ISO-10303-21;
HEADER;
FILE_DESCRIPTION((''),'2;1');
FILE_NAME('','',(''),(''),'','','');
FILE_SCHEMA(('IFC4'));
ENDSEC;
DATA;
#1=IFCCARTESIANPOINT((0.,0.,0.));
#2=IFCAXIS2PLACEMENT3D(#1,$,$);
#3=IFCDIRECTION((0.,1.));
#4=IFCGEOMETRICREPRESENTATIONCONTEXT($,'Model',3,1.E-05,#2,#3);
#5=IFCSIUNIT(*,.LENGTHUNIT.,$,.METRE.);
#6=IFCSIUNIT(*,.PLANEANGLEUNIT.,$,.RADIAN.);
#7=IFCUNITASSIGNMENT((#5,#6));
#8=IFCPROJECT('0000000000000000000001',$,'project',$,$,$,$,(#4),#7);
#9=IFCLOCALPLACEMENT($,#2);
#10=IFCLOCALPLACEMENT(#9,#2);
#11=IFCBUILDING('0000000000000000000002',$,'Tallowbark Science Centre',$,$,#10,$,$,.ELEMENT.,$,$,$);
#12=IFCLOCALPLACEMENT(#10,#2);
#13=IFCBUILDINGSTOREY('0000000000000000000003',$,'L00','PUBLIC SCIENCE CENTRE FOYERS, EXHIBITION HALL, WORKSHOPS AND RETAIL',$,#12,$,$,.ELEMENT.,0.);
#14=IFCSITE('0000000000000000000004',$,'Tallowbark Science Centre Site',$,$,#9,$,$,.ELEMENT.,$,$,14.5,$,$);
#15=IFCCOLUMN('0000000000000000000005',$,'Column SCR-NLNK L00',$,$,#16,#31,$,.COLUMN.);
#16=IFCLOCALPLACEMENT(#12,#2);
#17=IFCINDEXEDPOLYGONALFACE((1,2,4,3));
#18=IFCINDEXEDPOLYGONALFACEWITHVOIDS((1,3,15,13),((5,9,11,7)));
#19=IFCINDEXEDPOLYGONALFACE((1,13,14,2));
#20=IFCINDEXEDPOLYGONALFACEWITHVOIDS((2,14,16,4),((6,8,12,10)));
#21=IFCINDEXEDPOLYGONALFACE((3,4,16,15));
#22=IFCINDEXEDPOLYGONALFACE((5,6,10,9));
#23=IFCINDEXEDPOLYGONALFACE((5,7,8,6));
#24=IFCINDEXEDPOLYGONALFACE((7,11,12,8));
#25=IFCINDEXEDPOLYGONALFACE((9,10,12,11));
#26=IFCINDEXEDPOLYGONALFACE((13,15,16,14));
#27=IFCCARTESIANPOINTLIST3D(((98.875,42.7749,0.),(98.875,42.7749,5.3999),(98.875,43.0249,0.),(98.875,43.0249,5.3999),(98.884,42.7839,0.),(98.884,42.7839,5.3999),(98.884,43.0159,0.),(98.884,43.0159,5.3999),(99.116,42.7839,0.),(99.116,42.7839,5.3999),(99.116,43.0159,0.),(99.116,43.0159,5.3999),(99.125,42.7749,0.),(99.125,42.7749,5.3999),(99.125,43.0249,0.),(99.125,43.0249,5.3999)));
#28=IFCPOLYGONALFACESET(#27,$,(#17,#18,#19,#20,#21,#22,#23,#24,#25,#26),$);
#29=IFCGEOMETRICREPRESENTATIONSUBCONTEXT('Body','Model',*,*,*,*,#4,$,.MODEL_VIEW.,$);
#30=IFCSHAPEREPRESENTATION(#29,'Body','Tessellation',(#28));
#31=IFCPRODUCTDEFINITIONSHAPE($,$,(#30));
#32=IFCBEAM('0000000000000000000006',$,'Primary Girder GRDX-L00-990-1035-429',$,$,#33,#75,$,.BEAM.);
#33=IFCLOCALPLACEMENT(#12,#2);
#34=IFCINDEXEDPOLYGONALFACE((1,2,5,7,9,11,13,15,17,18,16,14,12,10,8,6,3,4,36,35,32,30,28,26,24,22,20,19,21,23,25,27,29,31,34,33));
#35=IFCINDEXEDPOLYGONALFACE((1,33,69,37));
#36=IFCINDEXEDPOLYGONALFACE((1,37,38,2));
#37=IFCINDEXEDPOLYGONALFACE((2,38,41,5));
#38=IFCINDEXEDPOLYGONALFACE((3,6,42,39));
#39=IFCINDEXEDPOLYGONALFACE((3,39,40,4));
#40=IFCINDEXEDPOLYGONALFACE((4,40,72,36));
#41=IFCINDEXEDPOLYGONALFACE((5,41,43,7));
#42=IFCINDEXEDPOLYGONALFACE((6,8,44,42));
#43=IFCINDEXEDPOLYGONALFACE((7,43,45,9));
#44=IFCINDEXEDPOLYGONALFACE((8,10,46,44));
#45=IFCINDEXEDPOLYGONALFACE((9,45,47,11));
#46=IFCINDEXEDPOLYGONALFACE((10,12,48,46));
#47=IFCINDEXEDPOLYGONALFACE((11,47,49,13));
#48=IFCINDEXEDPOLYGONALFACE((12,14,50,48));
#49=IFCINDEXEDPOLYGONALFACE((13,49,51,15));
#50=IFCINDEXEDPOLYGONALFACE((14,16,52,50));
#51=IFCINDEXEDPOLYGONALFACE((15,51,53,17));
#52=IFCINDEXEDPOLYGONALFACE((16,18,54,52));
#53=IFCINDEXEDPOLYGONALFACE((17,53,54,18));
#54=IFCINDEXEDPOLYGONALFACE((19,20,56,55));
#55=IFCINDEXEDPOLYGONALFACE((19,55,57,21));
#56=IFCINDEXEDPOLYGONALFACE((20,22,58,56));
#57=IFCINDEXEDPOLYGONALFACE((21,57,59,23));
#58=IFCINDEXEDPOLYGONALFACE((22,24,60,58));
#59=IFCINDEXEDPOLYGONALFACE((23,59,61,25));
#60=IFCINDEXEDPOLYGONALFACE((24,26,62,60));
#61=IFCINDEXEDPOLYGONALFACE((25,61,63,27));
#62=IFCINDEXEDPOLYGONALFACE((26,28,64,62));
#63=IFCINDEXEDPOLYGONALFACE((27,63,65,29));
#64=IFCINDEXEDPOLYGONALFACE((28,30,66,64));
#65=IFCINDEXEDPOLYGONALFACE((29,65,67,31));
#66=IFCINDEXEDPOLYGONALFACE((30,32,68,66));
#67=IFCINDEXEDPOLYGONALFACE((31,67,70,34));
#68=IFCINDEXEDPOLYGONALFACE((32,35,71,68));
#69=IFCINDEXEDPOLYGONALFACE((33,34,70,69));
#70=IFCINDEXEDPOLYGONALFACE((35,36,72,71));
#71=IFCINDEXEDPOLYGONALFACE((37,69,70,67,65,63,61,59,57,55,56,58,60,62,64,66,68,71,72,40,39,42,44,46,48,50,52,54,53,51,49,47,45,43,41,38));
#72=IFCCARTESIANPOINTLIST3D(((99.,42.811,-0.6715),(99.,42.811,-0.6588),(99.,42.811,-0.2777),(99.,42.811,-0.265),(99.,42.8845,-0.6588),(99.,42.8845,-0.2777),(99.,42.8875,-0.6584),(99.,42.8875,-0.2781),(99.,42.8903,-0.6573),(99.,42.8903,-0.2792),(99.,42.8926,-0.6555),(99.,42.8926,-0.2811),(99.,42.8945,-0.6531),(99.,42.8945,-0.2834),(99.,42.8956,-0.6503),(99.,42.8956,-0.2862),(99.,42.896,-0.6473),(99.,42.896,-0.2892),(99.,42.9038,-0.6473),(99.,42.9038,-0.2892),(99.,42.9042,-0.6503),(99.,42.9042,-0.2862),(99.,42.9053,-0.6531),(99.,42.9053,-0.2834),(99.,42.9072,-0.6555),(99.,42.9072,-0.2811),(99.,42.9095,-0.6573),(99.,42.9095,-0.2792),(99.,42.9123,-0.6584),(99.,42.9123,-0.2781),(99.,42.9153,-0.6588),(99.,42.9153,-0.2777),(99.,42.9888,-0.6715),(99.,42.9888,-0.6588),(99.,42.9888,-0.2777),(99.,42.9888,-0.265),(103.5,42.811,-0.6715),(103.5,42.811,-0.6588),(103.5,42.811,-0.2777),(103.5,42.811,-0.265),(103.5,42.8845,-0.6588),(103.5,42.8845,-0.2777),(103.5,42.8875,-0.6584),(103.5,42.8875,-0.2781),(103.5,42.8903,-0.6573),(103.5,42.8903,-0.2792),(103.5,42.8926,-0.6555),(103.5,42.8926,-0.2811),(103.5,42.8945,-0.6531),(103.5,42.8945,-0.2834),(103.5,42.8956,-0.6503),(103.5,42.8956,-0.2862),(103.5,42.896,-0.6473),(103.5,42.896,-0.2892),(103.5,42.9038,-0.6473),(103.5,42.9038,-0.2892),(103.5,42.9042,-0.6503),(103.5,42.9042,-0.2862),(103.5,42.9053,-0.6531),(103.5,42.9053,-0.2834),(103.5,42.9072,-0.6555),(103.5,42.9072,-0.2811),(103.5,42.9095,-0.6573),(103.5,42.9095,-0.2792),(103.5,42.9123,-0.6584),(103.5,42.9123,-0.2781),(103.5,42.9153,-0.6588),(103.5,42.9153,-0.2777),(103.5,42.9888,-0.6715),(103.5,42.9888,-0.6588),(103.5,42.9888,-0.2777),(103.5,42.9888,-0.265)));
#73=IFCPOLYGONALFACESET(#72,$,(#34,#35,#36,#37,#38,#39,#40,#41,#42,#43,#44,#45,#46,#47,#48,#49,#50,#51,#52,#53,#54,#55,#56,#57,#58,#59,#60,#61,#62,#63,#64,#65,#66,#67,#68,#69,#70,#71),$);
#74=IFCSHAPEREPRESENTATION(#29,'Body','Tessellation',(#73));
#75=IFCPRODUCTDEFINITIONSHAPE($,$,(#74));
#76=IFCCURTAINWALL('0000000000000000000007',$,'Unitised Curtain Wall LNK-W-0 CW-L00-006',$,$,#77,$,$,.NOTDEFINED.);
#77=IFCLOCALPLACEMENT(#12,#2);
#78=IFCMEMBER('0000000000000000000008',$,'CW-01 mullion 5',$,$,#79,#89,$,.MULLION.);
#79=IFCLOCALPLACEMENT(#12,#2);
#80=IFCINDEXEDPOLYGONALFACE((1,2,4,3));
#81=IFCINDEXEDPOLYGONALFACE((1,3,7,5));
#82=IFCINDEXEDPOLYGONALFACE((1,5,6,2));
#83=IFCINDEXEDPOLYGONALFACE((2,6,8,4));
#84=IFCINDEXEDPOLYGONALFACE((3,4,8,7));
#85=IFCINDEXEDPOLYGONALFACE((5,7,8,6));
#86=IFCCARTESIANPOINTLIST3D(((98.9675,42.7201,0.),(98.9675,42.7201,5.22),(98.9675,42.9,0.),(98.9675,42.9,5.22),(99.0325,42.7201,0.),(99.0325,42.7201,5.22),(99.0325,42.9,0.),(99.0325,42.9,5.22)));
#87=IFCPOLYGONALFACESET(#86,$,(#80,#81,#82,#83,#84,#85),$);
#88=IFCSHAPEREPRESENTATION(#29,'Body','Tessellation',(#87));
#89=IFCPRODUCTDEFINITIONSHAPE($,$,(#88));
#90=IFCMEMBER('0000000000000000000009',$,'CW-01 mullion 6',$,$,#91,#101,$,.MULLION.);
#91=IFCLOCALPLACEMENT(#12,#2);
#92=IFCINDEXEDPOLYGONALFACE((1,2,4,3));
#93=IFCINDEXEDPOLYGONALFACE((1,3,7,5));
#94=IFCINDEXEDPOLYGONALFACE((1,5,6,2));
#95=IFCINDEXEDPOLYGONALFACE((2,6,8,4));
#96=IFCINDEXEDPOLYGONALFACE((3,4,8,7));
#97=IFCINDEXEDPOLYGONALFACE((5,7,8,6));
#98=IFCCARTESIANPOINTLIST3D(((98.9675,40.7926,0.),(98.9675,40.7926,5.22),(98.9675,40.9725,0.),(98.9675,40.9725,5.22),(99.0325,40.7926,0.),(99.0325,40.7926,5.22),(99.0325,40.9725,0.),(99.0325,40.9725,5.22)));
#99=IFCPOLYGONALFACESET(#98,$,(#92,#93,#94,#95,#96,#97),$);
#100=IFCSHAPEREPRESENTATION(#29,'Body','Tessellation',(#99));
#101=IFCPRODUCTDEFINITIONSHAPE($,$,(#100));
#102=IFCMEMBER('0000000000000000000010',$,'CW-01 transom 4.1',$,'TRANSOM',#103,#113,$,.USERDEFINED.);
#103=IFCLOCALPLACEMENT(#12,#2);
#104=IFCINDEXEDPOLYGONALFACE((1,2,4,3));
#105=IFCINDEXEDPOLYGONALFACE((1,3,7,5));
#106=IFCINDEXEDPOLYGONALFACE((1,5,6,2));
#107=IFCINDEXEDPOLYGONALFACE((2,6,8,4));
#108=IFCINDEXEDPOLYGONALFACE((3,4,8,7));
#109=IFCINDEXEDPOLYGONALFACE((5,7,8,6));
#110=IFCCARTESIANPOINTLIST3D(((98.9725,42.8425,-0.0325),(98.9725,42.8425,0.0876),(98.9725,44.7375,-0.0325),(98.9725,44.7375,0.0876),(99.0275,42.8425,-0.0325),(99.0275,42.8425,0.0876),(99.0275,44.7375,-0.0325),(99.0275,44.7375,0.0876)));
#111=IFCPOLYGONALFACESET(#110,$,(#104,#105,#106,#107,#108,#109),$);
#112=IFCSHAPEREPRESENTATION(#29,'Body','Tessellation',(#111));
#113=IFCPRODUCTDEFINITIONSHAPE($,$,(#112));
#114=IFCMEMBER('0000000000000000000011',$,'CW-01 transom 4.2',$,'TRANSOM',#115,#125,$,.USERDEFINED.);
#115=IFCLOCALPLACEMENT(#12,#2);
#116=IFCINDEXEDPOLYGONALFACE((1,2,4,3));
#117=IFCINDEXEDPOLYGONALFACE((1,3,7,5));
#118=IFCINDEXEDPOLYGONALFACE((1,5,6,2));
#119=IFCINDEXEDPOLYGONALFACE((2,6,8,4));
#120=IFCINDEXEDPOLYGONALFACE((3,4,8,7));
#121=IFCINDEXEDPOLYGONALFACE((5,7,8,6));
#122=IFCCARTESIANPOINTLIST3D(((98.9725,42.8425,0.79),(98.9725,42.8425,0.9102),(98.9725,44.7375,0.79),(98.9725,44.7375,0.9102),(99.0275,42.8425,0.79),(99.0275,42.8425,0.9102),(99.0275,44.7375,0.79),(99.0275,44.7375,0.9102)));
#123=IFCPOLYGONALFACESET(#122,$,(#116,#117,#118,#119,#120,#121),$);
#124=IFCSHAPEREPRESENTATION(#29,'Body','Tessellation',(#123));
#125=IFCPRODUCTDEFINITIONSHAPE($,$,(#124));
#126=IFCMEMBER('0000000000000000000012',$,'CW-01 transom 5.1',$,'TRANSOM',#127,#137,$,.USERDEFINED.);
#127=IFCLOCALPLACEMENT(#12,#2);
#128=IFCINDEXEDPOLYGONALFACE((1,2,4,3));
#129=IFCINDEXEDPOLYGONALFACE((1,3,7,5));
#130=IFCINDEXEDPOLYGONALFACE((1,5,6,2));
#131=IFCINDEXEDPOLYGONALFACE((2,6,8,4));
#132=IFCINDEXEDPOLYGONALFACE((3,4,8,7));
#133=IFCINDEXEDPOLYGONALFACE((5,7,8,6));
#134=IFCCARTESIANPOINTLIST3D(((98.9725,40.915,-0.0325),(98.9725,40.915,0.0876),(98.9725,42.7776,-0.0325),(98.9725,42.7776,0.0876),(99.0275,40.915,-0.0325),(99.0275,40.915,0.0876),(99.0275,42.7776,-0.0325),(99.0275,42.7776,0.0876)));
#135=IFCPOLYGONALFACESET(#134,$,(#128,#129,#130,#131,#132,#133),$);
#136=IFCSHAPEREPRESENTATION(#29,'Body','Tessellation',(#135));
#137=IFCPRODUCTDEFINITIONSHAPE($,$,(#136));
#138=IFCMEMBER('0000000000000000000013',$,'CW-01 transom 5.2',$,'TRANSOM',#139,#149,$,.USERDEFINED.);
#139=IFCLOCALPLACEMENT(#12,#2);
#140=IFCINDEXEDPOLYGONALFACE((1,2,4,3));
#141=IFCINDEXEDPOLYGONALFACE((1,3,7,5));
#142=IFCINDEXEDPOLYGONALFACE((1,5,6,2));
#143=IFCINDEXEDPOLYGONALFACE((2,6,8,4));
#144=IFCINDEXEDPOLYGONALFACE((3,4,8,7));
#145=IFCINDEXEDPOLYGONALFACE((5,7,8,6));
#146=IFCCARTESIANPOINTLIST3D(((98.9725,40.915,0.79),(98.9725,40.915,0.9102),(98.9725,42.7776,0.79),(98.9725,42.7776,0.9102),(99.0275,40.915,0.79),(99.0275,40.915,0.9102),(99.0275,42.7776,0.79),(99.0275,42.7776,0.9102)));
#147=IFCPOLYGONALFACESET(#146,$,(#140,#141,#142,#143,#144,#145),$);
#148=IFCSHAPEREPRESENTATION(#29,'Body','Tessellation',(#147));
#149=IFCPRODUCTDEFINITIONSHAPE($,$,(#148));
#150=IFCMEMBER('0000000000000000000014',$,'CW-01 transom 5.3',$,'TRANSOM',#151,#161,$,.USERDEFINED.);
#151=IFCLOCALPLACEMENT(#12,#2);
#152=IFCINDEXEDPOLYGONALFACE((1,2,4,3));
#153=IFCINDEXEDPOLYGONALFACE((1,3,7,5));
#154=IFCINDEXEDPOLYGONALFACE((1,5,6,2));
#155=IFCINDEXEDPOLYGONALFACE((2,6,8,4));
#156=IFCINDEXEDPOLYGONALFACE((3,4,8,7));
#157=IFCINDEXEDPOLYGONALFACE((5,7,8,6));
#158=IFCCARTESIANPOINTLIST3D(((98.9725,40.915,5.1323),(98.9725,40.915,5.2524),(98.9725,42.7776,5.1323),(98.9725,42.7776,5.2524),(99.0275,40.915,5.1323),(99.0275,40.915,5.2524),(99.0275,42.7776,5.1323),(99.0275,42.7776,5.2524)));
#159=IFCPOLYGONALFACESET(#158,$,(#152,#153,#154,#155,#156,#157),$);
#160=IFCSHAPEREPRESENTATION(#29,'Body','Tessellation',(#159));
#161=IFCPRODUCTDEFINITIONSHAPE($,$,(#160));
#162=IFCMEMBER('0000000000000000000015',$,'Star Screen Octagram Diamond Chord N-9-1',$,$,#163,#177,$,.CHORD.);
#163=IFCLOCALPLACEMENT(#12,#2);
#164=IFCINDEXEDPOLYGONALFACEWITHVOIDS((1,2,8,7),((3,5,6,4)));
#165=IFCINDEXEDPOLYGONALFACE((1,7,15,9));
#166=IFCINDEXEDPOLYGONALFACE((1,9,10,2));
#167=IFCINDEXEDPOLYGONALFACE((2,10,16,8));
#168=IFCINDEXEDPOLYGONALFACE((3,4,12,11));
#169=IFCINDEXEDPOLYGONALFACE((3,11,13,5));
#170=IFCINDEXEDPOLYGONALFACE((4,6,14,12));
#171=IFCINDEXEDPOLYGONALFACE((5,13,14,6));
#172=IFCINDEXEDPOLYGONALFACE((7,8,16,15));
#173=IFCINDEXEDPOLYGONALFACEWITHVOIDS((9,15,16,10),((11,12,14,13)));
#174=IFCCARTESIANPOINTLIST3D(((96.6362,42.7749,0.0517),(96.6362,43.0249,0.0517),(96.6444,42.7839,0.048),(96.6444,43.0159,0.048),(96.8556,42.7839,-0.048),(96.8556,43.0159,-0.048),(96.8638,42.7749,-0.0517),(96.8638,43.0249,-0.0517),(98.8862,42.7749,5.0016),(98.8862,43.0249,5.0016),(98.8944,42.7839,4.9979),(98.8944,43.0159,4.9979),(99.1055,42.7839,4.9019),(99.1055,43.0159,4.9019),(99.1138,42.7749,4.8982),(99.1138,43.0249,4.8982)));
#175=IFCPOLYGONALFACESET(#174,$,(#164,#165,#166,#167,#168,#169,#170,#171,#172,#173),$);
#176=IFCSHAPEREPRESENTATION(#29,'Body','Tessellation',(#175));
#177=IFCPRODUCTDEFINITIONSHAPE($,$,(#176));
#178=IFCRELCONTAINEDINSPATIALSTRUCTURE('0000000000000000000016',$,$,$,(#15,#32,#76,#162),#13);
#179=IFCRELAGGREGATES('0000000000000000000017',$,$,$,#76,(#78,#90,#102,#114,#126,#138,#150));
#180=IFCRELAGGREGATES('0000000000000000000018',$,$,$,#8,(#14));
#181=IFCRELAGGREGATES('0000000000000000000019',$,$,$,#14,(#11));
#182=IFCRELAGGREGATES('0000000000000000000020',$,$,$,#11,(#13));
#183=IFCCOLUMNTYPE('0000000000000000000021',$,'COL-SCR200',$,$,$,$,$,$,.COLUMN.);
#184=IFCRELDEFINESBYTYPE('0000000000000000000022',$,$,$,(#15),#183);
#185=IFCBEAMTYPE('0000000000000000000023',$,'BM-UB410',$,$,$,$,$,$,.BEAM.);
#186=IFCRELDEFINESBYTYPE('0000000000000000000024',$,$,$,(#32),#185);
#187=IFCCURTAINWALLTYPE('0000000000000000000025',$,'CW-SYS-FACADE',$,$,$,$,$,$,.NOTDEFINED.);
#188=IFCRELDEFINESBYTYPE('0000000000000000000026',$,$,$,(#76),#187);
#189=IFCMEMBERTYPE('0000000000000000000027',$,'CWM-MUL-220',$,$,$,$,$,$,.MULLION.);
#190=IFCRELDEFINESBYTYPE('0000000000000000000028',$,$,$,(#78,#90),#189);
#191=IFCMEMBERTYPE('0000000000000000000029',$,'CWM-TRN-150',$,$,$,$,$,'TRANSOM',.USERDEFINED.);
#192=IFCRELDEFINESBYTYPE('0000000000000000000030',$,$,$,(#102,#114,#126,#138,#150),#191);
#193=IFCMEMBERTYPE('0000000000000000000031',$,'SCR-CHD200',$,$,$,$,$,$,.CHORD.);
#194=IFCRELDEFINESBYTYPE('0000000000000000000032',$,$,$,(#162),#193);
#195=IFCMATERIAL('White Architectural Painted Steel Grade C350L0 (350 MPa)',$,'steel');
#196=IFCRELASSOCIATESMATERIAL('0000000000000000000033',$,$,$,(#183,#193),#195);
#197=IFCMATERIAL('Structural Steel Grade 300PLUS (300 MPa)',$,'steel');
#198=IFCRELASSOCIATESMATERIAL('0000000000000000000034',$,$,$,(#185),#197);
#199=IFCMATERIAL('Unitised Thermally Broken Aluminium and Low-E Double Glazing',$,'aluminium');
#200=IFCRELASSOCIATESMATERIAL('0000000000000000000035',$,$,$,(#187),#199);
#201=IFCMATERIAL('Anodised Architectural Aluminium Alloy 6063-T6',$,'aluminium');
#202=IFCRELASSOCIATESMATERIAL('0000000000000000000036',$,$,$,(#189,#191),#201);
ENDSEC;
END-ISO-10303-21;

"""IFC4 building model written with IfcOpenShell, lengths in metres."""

from ifc_helpers import new_model, si_unit, direction, frame, origin, origin_2d, place, context, subcontext, project, spatial, rectangle, hollow_rectangle, i_section, extrude, material, material_profile, profile_set, type_object, element, aggregate, save


model = new_model("IFC4")

# Units and contexts
model_context = context("Model", 3, precision=1e-05, world=origin(), true_north=direction((0.0, 1.0)))
body_context = subcontext(model_context, "Body", "Model", "MODEL_VIEW")
ifc_project = project(units=[si_unit("LENGTHUNIT", "METRE"), si_unit("PLANEANGLEUNIT", "RADIAN")], contexts=[model_context])

# Site, building, storey
site_placement = place(None, origin())
site = spatial("IfcSite", under=ifc_project, at=site_placement, Name="Tallowbark Science Centre Site", CompositionType="ELEMENT", RefElevation=14.5)
building_placement = place(site_placement, origin())
building = spatial("IfcBuilding", under=site, at=building_placement, Name="Tallowbark Science Centre", CompositionType="ELEMENT")
storey_placement = place(building_placement, origin())
storey = spatial("IfcBuildingStorey", under=building, at=storey_placement, Name="L00", Description="PUBLIC SCIENCE CENTRE FOYERS, EXHIBITION HALL, WORKSHOPS AND RETAIL", CompositionType="ELEMENT", Elevation=0.0)

# Column
ifc_material_1 = material(Name="White Architectural Painted Steel Grade C350L0 (350 MPa)", Category="steel")
ifc_material_profile_1 = material_profile(ifc_material_1, hollow_rectangle(XDim=0.25, YDim=0.25, WallThickness=0.009, at=origin_2d()), Name="250x250x9.0SHS")
ifc_profile_set_1 = profile_set([ifc_material_profile_1], Name="White Architectural Painted Steel Grade C350L0 (350 MPa)")
column_type = type_object("IfcColumnType", Name="COL-SCR200", PredefinedType="COLUMN", material=ifc_profile_set_1)
column_placement = place(storey_placement, frame((99.0, 42.8999, 0.0), z_axis=(0.0, 0.0, 1.0), x_axis=(1.0, 0.0, 0.0)))
element("IfcColumn", 1, at=column_placement, inside=storey, type_object=column_type, Name="Column SCR-NLNK L00", PredefinedType="COLUMN", context=body_context, shape_type="SweptSolid", body=[
    extrude(hollow_rectangle(XDim=0.25, YDim=0.25, WallThickness=0.009, at=origin_2d()), origin(), (0.0, 0.0, 1.0), 5.3999),
])

# Beam
ifc_material_2 = material(Name="Structural Steel Grade 300PLUS (300 MPa)", Category="steel")
ifc_material_profile_2 = material_profile(ifc_material_2, i_section(OverallWidth=0.1777, OverallDepth=0.4065, WebThickness=0.0078, FlangeThickness=0.0127, FilletRadius=0.0115, at=origin_2d()), Name="410UB59.7")
ifc_profile_set_2 = profile_set([ifc_material_profile_2], Name="Structural Steel Grade 300PLUS (300 MPa)")
beam_type = type_object("IfcBeamType", Name="BM-UB410", PredefinedType="BEAM", material=ifc_profile_set_2)
beam_placement = place(storey_placement, frame((99.0, 42.8999, -0.4683), z_axis=(1.0, 0.0, 0.0), x_axis=(0.0, 1.0, 0.0)))
element("IfcBeam", 2, at=beam_placement, inside=storey, type_object=beam_type, Name="Primary Girder GRDX-L00-990-1035-429", PredefinedType="BEAM", context=body_context, shape_type="SweptSolid", body=[
    extrude(i_section(OverallWidth=0.1777, OverallDepth=0.4065, WebThickness=0.0078, FlangeThickness=0.0127, FilletRadius=0.0115, at=origin_2d()), origin(), (0.0, 0.0, 1.0), 4.5),
])

# Curtain wall, members
ifc_material_3 = material(Name="Unitised Thermally Broken Aluminium and Low-E Double Glazing", Category="aluminium")
curtain_wall_type = type_object("IfcCurtainWallType", Name="CW-SYS-FACADE", PredefinedType="NOTDEFINED", material=ifc_material_3)
curtain_wall_placement = place(storey_placement, origin())
curtain_wall = element("IfcCurtainWall", 3, at=curtain_wall_placement, inside=storey, type_object=curtain_wall_type, Name="Unitised Curtain Wall LNK-W-0 CW-L00-006", PredefinedType="NOTDEFINED")
ifc_material_4 = material(Name="Anodised Architectural Aluminium Alloy 6063-T6", Category="aluminium")
ifc_material_profile_3 = material_profile(ifc_material_4, rectangle(XDim=0.0649, YDim=0.1799, at=origin_2d()), Name="ALU65x180")
ifc_profile_set_3 = profile_set([ifc_material_profile_3], Name="Anodised Architectural Aluminium Alloy 6063-T6")
member_type_1 = type_object("IfcMemberType", Name="CWM-MUL-220", PredefinedType="MULLION", material=ifc_profile_set_3)
member_1_placement = place(storey_placement, frame((99.0, 42.8101, 0.0), z_axis=(0.0, 0.0, 1.0), x_axis=(1.0, 0.0, 0.0)))
member_1 = element("IfcMember", 4, at=member_1_placement, type_object=member_type_1, Name="CW-01 mullion 5", PredefinedType="MULLION", context=body_context, shape_type="SweptSolid", body=[
    extrude(rectangle(XDim=0.0649, YDim=0.1799, at=origin_2d()), origin(), (0.0, 0.0, 1.0), 5.22),
])
member_2_placement = place(storey_placement, frame((99.0, 40.8826, 0.0), z_axis=(0.0, 0.0, 1.0), x_axis=(1.0, 0.0, 0.0)))
member_2 = element("IfcMember", 5, at=member_2_placement, type_object=member_type_1, Name="CW-01 mullion 6", PredefinedType="MULLION", context=body_context, shape_type="SweptSolid", body=[
    extrude(rectangle(XDim=0.0649, YDim=0.1799, at=origin_2d()), origin(), (0.0, 0.0, 1.0), 5.22),
])
ifc_material_profile_4 = material_profile(ifc_material_4, rectangle(XDim=0.0549, YDim=0.1201, at=origin_2d()), Name="ALU55x120")
ifc_profile_set_4 = profile_set([ifc_material_profile_4], Name="Anodised Architectural Aluminium Alloy 6063-T6")
member_type_2 = type_object("IfcMemberType", Name="CWM-TRN-150", ElementType="TRANSOM", PredefinedType="USERDEFINED", material=ifc_profile_set_4)
member_3_placement = place(storey_placement, frame((99.0, 44.7375, 0.0276), z_axis=(0.0, -1.0, 0.0), x_axis=(1.0, 0.0, 0.0)))
member_3 = element("IfcMember", 6, at=member_3_placement, type_object=member_type_2, Name="CW-01 transom 4.1", ObjectType="TRANSOM", PredefinedType="USERDEFINED", context=body_context, shape_type="SweptSolid", body=[
    extrude(rectangle(XDim=0.0549, YDim=0.1201, at=origin_2d()), origin(), (0.0, 0.0, 1.0), 1.895),
])
member_4_placement = place(storey_placement, frame((99.0, 44.7375, 0.8501), z_axis=(0.0, -1.0, 0.0), x_axis=(1.0, 0.0, 0.0)))
member_4 = element("IfcMember", 7, at=member_4_placement, type_object=member_type_2, Name="CW-01 transom 4.2", ObjectType="TRANSOM", PredefinedType="USERDEFINED", context=body_context, shape_type="SweptSolid", body=[
    extrude(rectangle(XDim=0.0549, YDim=0.1201, at=origin_2d()), origin(), (0.0, 0.0, 1.0), 1.895),
])
member_5_placement = place(storey_placement, frame((99.0, 42.7776, 0.0276), z_axis=(0.0, -1.0, 0.0), x_axis=(1.0, 0.0, 0.0)))
member_5 = element("IfcMember", 8, at=member_5_placement, type_object=member_type_2, Name="CW-01 transom 5.1", ObjectType="TRANSOM", PredefinedType="USERDEFINED", context=body_context, shape_type="SweptSolid", body=[
    extrude(rectangle(XDim=0.0549, YDim=0.1201, at=origin_2d()), origin(), (0.0, 0.0, 1.0), 1.8625),
])
member_6_placement = place(storey_placement, frame((99.0, 42.7776, 0.8501), z_axis=(0.0, -1.0, 0.0), x_axis=(1.0, 0.0, 0.0)))
member_6 = element("IfcMember", 9, at=member_6_placement, type_object=member_type_2, Name="CW-01 transom 5.2", ObjectType="TRANSOM", PredefinedType="USERDEFINED", context=body_context, shape_type="SweptSolid", body=[
    extrude(rectangle(XDim=0.0549, YDim=0.1201, at=origin_2d()), origin(), (0.0, 0.0, 1.0), 1.8625),
])
member_7_placement = place(storey_placement, frame((99.0, 42.7776, 5.1924), z_axis=(0.0, -1.0, 0.0), x_axis=(1.0, 0.0, 0.0)))
member_7 = element("IfcMember", 10, at=member_7_placement, type_object=member_type_2, Name="CW-01 transom 5.3", ObjectType="TRANSOM", PredefinedType="USERDEFINED", context=body_context, shape_type="SweptSolid", body=[
    extrude(rectangle(XDim=0.0549, YDim=0.1201, at=origin_2d()), origin(), (0.0, 0.0, 1.0), 1.8625),
])

# Member
ifc_material_profile_5 = material_profile(ifc_material_1, hollow_rectangle(XDim=0.25, YDim=0.25, WallThickness=0.009, at=origin_2d()), Name="250x250x9.0SHS")
ifc_profile_set_5 = profile_set([ifc_material_profile_5], Name="White Architectural Painted Steel Grade C350L0 (350 MPa)")
member_type_3 = type_object("IfcMemberType", Name="SCR-CHD200", PredefinedType="CHORD", material=ifc_profile_set_5)
for number, where, z_axis, x_axis, name in (
    (11, (96.75, 42.8999, 0.0), (0.413806, 0.0, 0.910365), (0.0, 1.0, 0.0), "Star Screen Octagram Diamond Chord N-9-1"),
):
    element("IfcMember", number, at=place(storey_placement, frame(where, z_axis=z_axis, x_axis=x_axis)), inside=storey, type_object=member_type_3, Name=name, PredefinedType="CHORD", context=body_context, shape_type="SweptSolid", body=[
        extrude(hollow_rectangle(XDim=0.25, YDim=0.25, WallThickness=0.009, at=origin_2d()), origin(), (0.0, 0.0, 1.0), 5.4373),
    ])

aggregate(curtain_wall, [member_1, member_2, member_3, member_4, member_5, member_6, member_7])

save(model, "model.ifc")
